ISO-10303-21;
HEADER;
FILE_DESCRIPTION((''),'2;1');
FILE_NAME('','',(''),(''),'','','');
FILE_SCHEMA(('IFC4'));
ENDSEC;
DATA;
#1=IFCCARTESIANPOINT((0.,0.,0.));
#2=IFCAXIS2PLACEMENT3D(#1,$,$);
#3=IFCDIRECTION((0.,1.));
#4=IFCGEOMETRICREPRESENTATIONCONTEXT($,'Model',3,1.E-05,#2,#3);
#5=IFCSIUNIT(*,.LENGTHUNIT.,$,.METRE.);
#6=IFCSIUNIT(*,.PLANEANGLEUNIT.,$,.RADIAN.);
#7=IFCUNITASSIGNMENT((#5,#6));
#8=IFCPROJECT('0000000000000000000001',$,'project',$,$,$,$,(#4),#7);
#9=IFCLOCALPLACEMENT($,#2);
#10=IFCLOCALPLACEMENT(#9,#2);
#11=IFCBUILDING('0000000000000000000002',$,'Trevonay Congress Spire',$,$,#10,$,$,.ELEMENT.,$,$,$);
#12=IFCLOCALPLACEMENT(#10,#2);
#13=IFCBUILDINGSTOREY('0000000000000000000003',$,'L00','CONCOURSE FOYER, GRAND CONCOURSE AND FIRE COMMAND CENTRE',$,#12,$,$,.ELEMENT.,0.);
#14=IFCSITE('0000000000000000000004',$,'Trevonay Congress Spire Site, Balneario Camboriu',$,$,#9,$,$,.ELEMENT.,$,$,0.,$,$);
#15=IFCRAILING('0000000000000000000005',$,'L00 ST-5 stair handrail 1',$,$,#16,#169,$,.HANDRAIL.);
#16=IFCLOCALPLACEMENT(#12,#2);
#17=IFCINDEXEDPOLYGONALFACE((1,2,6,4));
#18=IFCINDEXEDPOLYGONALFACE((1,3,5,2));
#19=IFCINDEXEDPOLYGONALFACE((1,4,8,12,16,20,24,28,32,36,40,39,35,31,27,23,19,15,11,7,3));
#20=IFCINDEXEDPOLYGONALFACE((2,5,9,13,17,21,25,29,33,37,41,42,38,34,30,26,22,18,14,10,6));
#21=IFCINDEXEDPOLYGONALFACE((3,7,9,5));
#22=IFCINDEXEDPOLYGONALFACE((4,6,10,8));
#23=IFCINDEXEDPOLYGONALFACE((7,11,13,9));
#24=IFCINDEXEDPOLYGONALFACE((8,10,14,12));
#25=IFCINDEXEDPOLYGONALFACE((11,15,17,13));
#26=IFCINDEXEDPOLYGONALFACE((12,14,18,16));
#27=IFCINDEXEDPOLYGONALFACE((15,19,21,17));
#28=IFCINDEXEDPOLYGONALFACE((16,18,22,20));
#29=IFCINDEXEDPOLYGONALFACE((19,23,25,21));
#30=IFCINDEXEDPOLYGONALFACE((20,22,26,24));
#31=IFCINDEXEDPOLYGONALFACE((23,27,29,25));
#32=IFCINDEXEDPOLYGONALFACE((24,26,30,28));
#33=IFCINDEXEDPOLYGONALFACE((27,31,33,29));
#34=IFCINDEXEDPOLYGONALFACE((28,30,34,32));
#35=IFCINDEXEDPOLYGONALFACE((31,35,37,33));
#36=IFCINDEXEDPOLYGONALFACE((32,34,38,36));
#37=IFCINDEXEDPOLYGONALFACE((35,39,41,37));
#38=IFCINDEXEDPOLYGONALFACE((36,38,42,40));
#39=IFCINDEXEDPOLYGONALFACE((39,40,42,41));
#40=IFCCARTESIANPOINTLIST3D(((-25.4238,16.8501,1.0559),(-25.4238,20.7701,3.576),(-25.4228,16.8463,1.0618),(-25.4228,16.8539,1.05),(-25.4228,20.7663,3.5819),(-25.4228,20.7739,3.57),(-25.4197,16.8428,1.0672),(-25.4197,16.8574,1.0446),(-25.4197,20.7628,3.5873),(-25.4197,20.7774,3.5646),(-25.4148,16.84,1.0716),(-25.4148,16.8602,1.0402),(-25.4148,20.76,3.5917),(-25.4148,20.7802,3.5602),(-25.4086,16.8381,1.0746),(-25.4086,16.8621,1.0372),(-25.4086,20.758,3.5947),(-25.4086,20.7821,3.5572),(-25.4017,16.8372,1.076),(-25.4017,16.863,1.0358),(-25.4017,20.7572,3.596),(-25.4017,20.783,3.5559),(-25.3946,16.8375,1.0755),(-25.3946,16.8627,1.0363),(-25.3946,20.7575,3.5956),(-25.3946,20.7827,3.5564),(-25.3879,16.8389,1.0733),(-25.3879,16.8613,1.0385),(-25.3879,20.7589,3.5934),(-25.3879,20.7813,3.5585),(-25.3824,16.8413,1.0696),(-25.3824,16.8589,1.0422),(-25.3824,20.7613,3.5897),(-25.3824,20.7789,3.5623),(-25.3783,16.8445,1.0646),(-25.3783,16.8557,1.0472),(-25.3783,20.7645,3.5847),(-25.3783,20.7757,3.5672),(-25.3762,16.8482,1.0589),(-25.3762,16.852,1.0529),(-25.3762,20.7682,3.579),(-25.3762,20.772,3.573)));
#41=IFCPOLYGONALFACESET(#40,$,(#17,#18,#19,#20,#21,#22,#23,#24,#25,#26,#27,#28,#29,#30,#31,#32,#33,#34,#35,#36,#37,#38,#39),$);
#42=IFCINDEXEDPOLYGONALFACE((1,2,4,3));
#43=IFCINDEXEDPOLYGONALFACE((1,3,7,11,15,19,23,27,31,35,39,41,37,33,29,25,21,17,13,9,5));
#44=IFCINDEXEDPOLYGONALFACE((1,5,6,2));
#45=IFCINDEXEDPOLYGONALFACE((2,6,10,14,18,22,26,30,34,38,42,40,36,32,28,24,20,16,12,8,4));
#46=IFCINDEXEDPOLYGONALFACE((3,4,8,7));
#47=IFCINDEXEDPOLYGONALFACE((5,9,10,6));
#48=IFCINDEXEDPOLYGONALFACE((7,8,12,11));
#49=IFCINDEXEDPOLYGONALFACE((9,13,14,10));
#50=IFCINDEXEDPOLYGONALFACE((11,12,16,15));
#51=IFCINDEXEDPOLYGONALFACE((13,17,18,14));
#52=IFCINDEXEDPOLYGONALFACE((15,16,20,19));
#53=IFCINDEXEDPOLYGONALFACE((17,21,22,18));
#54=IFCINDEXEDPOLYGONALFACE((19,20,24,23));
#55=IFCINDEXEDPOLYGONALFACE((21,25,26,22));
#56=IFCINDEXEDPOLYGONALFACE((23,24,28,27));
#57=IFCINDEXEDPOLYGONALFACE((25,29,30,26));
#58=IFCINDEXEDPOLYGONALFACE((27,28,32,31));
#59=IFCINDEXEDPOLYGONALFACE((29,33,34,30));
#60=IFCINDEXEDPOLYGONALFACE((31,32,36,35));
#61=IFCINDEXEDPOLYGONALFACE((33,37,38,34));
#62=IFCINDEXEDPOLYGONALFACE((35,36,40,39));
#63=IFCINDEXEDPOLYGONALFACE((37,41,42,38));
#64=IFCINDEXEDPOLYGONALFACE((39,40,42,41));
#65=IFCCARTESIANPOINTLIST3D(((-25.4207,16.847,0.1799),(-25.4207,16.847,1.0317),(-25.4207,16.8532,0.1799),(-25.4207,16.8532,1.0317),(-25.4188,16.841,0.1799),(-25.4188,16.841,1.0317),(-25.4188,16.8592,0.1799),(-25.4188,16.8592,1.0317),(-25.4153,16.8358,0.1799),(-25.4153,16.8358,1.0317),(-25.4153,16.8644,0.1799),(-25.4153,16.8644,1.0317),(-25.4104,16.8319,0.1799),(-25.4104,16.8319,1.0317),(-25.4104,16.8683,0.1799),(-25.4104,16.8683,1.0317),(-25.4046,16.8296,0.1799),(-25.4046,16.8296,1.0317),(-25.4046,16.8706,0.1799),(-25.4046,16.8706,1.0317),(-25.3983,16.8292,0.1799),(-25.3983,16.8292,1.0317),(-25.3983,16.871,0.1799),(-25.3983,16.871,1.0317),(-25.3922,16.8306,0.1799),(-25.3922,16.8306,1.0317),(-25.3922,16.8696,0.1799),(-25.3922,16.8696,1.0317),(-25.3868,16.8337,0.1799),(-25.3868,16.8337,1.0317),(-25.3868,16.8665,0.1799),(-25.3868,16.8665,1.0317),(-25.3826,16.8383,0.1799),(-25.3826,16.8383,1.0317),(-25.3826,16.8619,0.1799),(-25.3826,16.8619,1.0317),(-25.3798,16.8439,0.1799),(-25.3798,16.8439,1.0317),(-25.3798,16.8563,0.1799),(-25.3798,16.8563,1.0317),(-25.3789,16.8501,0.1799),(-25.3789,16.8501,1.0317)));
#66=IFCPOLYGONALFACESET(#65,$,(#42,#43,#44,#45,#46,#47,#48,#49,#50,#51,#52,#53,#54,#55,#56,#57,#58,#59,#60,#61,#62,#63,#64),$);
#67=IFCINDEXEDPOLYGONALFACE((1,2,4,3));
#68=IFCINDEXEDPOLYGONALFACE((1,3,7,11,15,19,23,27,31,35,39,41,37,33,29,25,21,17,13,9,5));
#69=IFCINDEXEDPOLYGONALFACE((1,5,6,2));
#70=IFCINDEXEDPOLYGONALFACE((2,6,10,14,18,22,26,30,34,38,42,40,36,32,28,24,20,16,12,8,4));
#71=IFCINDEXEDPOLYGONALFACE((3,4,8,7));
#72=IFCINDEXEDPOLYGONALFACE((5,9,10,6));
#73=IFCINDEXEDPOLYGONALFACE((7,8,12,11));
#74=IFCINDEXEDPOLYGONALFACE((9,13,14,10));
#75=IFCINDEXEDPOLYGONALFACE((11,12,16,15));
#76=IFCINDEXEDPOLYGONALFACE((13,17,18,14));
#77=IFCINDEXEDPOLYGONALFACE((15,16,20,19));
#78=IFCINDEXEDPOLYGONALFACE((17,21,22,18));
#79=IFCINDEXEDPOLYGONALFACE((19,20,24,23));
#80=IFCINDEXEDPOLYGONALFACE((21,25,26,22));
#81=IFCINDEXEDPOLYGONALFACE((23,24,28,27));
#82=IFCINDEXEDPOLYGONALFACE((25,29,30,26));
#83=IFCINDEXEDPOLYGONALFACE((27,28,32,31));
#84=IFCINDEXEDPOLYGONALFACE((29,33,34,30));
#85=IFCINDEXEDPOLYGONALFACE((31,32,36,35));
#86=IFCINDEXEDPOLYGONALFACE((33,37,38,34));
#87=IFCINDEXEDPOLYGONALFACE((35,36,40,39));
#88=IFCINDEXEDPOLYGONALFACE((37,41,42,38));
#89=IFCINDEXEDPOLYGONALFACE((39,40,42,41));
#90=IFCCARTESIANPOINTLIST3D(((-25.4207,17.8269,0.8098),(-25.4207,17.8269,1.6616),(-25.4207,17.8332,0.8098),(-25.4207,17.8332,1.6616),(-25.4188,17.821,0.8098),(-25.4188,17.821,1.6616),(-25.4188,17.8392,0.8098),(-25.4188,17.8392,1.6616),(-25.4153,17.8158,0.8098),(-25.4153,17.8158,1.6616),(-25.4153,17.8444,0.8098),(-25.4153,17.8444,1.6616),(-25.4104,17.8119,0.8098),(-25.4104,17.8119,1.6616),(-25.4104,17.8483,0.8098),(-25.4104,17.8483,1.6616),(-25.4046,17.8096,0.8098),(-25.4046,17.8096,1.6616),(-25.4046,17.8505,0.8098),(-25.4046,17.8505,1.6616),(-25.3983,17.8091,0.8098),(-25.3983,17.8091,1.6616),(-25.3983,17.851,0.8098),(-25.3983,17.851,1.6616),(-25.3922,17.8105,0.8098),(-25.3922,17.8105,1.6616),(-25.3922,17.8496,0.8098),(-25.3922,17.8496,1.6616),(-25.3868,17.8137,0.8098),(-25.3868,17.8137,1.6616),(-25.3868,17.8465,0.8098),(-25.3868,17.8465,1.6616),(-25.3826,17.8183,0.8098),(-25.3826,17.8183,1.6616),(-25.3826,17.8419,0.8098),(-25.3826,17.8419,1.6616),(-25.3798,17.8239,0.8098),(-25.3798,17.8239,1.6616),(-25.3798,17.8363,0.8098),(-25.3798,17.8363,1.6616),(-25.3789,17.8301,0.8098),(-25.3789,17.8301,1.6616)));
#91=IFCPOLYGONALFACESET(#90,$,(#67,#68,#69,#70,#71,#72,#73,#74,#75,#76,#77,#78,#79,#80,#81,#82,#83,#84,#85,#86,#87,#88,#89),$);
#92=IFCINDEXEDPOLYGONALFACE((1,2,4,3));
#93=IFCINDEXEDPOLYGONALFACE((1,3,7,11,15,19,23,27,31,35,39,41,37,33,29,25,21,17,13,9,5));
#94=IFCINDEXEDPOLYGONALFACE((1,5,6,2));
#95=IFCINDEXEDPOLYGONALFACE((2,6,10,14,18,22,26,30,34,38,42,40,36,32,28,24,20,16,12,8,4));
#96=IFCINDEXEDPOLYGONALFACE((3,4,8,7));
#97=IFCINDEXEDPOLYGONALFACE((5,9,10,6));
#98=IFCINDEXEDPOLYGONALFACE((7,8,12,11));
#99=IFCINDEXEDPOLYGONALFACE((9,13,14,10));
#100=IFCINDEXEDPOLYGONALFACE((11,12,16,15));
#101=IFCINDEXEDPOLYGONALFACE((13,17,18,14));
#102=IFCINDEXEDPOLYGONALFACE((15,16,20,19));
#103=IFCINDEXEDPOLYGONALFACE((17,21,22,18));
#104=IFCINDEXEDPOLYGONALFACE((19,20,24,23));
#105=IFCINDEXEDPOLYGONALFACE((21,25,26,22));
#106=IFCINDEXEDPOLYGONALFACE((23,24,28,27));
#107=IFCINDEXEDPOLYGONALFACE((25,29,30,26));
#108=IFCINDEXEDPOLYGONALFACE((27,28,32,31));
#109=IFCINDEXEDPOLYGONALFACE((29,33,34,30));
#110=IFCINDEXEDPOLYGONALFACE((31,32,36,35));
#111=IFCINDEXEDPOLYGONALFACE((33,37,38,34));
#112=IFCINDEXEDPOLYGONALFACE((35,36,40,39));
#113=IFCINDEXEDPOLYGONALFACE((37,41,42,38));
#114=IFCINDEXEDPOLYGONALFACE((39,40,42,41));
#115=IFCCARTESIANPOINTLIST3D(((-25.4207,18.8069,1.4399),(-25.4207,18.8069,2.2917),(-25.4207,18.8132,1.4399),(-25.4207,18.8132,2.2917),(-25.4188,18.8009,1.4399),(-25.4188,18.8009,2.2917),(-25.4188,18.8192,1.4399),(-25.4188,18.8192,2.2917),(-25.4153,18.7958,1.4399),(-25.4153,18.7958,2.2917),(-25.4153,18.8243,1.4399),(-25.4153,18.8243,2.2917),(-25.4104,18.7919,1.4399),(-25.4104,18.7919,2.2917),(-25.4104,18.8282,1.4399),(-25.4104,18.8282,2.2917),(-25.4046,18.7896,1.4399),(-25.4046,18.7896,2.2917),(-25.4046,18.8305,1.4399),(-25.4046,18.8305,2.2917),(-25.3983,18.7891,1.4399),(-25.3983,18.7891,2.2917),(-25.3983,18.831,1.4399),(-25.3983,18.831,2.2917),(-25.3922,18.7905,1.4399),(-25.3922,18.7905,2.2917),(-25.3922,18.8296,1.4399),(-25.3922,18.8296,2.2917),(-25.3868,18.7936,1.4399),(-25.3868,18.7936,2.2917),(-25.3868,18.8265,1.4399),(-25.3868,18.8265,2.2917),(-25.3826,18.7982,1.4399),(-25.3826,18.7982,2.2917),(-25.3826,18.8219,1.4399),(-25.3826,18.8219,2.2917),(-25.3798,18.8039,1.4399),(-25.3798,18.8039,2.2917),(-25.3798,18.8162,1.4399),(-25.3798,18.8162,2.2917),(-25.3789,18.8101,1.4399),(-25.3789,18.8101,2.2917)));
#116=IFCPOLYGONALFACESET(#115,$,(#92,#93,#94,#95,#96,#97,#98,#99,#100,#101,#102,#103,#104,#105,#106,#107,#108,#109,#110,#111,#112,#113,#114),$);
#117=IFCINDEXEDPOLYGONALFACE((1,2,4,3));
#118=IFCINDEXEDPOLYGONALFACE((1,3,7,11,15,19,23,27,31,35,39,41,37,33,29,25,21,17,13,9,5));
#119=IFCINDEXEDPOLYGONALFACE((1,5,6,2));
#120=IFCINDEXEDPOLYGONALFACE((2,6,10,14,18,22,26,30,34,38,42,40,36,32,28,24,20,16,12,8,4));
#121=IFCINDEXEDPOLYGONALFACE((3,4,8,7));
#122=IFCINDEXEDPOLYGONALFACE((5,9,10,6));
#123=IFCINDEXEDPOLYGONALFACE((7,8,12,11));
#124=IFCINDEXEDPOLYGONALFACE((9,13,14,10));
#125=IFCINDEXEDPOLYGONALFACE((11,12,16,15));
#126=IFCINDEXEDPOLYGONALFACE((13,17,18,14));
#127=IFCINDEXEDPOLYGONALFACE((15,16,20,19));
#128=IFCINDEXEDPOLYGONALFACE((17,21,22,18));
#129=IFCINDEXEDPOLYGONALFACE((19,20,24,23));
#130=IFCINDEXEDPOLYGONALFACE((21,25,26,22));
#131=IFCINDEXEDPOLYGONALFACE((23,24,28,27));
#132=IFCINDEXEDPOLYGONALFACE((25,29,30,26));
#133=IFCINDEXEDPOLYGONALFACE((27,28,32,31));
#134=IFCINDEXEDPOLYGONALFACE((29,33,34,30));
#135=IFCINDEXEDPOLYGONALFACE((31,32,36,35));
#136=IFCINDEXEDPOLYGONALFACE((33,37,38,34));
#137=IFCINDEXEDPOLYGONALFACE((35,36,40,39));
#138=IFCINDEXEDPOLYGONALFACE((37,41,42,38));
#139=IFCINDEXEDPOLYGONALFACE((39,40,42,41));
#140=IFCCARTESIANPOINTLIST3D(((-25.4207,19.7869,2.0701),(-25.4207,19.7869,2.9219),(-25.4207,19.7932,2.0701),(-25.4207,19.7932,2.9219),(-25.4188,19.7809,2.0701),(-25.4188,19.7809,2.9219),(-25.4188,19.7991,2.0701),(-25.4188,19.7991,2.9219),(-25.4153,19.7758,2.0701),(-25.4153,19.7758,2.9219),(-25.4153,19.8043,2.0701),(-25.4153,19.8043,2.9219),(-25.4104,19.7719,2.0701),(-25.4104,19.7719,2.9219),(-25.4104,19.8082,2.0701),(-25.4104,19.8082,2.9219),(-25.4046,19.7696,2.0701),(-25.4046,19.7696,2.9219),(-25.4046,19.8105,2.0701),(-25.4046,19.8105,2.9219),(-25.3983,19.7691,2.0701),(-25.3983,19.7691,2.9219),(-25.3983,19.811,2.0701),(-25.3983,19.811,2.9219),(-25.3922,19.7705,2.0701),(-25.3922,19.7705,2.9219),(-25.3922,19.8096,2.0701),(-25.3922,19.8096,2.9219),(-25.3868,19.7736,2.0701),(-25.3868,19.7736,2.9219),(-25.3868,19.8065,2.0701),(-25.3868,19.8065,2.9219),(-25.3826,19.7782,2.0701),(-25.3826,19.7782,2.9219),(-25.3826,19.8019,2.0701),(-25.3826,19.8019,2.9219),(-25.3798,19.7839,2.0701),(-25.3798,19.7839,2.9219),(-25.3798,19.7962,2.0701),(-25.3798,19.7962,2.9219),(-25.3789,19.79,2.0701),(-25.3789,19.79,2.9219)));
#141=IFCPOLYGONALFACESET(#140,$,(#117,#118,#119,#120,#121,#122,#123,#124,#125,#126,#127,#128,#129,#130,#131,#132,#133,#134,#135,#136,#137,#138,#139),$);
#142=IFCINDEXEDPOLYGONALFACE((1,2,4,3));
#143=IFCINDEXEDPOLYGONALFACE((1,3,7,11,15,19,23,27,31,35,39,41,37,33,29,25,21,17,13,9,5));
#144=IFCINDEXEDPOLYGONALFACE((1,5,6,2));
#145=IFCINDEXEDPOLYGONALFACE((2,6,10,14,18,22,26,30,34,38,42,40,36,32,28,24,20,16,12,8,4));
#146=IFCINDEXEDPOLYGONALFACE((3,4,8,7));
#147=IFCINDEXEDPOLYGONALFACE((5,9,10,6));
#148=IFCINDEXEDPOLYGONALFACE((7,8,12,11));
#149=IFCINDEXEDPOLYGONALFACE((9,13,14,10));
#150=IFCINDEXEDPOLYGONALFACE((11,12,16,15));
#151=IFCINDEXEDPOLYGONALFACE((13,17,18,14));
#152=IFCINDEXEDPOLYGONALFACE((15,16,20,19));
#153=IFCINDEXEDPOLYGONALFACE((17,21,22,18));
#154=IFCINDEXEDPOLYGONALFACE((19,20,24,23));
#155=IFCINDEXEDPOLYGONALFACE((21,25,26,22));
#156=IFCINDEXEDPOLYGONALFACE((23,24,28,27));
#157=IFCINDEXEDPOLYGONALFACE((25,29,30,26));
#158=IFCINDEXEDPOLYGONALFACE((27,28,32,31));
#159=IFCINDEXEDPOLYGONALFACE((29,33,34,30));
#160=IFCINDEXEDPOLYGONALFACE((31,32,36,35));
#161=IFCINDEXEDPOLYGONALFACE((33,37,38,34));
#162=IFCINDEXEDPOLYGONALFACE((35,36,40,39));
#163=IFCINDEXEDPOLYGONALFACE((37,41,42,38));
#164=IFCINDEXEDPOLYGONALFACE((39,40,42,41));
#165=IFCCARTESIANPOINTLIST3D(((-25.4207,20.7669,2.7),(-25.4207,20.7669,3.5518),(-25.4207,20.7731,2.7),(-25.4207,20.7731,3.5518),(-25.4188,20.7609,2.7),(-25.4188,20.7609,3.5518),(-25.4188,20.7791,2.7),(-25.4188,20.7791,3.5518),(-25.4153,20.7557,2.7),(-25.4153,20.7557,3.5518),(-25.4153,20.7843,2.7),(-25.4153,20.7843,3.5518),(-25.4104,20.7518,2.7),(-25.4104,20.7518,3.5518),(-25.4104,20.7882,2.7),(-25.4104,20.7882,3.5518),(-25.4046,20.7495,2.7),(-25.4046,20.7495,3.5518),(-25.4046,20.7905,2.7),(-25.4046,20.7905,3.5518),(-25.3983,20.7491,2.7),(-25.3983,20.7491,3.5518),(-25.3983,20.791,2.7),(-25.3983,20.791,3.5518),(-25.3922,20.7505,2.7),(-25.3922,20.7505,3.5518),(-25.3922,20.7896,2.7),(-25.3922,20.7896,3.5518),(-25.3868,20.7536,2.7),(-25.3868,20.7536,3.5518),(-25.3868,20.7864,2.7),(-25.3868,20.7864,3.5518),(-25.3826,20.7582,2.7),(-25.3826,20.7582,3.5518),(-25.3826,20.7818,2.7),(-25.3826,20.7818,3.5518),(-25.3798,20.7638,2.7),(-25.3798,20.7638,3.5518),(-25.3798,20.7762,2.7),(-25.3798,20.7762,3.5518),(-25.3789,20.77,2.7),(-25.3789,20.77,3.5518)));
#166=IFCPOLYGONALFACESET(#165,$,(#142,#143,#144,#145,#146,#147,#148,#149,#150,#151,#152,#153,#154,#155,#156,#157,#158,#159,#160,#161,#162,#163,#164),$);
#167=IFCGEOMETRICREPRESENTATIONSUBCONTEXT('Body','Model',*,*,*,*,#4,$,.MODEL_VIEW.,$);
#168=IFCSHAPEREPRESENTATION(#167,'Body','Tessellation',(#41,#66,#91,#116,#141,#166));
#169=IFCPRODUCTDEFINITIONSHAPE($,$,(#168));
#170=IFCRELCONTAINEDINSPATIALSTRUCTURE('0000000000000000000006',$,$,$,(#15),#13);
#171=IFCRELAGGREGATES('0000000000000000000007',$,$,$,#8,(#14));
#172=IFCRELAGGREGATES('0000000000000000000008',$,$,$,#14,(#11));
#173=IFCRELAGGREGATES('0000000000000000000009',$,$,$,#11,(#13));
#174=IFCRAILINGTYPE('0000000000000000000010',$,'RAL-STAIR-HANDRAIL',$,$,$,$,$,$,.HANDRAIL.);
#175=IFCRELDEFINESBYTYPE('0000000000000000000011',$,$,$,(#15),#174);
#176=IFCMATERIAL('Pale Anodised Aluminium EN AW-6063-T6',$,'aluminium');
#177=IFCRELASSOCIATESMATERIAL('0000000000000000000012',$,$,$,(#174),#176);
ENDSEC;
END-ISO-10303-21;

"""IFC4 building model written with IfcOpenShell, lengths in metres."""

from ifc_helpers import new_model, si_unit, direction, frame, origin, origin_2d, place, context, subcontext, project, spatial, circle, extrude, material, type_object, element, save


model = new_model("IFC4")

# Units and contexts
model_context = context("Model", 3, precision=1e-05, world=origin(), true_north=direction((0.0, 1.0)))
body_context = subcontext(model_context, "Body", "Model", "MODEL_VIEW")
ifc_project = project(units=[si_unit("LENGTHUNIT", "METRE"), si_unit("PLANEANGLEUNIT", "RADIAN")], contexts=[model_context])

# Site, building, storey
site_placement = place(None, origin())
site = spatial("IfcSite", under=ifc_project, at=site_placement, Name="Trevonay Congress Spire Site, Balneario Camboriu", CompositionType="ELEMENT", RefElevation=0.0)
building_placement = place(site_placement, origin())
building = spatial("IfcBuilding", under=site, at=building_placement, Name="Trevonay Congress Spire", CompositionType="ELEMENT")
storey_placement = place(building_placement, origin())
storey = spatial("IfcBuildingStorey", under=building, at=storey_placement, Name="L00", Description="CONCOURSE FOYER, GRAND CONCOURSE AND FIRE COMMAND CENTRE", CompositionType="ELEMENT", Elevation=0.0)

# Shared definitions
ifc_material_1 = material(Name="Pale Anodised Aluminium EN AW-6063-T6", Category="aluminium")

# Railing
railing_type_1 = type_object("IfcRailingType", Name="RAL-STAIR-HANDRAIL", PredefinedType="HANDRAIL", material=ifc_material_1)
railing_1_placement = place(storey_placement, frame((-25.3999, 16.8501, 0.1799)))
element("IfcRailing", 1, at=railing_1_placement, inside=storey, type_object=railing_type_1, Name="L00 ST-5 stair handrail 1", PredefinedType="HANDRAIL", context=body_context, shape_type="SweptSolid", body=[
    extrude(circle(Radius=0.0239, at=origin_2d()), frame((0.0, 0.0, 0.876), z_axis=(0.0, 0.841172, 0.540768), x_axis=(-1.0, 0.0, 0.0)), (0.0, 0.0, 1.0), 4.6602),
    extrude(circle(Radius=0.021, at=origin_2d()), origin(), (0.0, 0.0, 1.0), 0.8518),
    extrude(circle(Radius=0.021, at=origin_2d()), frame((0.0, 0.98, 0.6299)), (0.0, 0.0, 1.0), 0.8518),
    extrude(circle(Radius=0.021, at=origin_2d()), frame((0.0, 1.96, 1.26)), (0.0, 0.0, 1.0), 0.8518),
    extrude(circle(Radius=0.021, at=origin_2d()), frame((0.0, 2.9399, 1.8901)), (0.0, 0.0, 1.0), 0.8518),
    extrude(circle(Radius=0.021, at=origin_2d()), frame((0.0, 3.9199, 2.52)), (0.0, 0.0, 1.0), 0.8518),
])

save(model, "model.ifc")
